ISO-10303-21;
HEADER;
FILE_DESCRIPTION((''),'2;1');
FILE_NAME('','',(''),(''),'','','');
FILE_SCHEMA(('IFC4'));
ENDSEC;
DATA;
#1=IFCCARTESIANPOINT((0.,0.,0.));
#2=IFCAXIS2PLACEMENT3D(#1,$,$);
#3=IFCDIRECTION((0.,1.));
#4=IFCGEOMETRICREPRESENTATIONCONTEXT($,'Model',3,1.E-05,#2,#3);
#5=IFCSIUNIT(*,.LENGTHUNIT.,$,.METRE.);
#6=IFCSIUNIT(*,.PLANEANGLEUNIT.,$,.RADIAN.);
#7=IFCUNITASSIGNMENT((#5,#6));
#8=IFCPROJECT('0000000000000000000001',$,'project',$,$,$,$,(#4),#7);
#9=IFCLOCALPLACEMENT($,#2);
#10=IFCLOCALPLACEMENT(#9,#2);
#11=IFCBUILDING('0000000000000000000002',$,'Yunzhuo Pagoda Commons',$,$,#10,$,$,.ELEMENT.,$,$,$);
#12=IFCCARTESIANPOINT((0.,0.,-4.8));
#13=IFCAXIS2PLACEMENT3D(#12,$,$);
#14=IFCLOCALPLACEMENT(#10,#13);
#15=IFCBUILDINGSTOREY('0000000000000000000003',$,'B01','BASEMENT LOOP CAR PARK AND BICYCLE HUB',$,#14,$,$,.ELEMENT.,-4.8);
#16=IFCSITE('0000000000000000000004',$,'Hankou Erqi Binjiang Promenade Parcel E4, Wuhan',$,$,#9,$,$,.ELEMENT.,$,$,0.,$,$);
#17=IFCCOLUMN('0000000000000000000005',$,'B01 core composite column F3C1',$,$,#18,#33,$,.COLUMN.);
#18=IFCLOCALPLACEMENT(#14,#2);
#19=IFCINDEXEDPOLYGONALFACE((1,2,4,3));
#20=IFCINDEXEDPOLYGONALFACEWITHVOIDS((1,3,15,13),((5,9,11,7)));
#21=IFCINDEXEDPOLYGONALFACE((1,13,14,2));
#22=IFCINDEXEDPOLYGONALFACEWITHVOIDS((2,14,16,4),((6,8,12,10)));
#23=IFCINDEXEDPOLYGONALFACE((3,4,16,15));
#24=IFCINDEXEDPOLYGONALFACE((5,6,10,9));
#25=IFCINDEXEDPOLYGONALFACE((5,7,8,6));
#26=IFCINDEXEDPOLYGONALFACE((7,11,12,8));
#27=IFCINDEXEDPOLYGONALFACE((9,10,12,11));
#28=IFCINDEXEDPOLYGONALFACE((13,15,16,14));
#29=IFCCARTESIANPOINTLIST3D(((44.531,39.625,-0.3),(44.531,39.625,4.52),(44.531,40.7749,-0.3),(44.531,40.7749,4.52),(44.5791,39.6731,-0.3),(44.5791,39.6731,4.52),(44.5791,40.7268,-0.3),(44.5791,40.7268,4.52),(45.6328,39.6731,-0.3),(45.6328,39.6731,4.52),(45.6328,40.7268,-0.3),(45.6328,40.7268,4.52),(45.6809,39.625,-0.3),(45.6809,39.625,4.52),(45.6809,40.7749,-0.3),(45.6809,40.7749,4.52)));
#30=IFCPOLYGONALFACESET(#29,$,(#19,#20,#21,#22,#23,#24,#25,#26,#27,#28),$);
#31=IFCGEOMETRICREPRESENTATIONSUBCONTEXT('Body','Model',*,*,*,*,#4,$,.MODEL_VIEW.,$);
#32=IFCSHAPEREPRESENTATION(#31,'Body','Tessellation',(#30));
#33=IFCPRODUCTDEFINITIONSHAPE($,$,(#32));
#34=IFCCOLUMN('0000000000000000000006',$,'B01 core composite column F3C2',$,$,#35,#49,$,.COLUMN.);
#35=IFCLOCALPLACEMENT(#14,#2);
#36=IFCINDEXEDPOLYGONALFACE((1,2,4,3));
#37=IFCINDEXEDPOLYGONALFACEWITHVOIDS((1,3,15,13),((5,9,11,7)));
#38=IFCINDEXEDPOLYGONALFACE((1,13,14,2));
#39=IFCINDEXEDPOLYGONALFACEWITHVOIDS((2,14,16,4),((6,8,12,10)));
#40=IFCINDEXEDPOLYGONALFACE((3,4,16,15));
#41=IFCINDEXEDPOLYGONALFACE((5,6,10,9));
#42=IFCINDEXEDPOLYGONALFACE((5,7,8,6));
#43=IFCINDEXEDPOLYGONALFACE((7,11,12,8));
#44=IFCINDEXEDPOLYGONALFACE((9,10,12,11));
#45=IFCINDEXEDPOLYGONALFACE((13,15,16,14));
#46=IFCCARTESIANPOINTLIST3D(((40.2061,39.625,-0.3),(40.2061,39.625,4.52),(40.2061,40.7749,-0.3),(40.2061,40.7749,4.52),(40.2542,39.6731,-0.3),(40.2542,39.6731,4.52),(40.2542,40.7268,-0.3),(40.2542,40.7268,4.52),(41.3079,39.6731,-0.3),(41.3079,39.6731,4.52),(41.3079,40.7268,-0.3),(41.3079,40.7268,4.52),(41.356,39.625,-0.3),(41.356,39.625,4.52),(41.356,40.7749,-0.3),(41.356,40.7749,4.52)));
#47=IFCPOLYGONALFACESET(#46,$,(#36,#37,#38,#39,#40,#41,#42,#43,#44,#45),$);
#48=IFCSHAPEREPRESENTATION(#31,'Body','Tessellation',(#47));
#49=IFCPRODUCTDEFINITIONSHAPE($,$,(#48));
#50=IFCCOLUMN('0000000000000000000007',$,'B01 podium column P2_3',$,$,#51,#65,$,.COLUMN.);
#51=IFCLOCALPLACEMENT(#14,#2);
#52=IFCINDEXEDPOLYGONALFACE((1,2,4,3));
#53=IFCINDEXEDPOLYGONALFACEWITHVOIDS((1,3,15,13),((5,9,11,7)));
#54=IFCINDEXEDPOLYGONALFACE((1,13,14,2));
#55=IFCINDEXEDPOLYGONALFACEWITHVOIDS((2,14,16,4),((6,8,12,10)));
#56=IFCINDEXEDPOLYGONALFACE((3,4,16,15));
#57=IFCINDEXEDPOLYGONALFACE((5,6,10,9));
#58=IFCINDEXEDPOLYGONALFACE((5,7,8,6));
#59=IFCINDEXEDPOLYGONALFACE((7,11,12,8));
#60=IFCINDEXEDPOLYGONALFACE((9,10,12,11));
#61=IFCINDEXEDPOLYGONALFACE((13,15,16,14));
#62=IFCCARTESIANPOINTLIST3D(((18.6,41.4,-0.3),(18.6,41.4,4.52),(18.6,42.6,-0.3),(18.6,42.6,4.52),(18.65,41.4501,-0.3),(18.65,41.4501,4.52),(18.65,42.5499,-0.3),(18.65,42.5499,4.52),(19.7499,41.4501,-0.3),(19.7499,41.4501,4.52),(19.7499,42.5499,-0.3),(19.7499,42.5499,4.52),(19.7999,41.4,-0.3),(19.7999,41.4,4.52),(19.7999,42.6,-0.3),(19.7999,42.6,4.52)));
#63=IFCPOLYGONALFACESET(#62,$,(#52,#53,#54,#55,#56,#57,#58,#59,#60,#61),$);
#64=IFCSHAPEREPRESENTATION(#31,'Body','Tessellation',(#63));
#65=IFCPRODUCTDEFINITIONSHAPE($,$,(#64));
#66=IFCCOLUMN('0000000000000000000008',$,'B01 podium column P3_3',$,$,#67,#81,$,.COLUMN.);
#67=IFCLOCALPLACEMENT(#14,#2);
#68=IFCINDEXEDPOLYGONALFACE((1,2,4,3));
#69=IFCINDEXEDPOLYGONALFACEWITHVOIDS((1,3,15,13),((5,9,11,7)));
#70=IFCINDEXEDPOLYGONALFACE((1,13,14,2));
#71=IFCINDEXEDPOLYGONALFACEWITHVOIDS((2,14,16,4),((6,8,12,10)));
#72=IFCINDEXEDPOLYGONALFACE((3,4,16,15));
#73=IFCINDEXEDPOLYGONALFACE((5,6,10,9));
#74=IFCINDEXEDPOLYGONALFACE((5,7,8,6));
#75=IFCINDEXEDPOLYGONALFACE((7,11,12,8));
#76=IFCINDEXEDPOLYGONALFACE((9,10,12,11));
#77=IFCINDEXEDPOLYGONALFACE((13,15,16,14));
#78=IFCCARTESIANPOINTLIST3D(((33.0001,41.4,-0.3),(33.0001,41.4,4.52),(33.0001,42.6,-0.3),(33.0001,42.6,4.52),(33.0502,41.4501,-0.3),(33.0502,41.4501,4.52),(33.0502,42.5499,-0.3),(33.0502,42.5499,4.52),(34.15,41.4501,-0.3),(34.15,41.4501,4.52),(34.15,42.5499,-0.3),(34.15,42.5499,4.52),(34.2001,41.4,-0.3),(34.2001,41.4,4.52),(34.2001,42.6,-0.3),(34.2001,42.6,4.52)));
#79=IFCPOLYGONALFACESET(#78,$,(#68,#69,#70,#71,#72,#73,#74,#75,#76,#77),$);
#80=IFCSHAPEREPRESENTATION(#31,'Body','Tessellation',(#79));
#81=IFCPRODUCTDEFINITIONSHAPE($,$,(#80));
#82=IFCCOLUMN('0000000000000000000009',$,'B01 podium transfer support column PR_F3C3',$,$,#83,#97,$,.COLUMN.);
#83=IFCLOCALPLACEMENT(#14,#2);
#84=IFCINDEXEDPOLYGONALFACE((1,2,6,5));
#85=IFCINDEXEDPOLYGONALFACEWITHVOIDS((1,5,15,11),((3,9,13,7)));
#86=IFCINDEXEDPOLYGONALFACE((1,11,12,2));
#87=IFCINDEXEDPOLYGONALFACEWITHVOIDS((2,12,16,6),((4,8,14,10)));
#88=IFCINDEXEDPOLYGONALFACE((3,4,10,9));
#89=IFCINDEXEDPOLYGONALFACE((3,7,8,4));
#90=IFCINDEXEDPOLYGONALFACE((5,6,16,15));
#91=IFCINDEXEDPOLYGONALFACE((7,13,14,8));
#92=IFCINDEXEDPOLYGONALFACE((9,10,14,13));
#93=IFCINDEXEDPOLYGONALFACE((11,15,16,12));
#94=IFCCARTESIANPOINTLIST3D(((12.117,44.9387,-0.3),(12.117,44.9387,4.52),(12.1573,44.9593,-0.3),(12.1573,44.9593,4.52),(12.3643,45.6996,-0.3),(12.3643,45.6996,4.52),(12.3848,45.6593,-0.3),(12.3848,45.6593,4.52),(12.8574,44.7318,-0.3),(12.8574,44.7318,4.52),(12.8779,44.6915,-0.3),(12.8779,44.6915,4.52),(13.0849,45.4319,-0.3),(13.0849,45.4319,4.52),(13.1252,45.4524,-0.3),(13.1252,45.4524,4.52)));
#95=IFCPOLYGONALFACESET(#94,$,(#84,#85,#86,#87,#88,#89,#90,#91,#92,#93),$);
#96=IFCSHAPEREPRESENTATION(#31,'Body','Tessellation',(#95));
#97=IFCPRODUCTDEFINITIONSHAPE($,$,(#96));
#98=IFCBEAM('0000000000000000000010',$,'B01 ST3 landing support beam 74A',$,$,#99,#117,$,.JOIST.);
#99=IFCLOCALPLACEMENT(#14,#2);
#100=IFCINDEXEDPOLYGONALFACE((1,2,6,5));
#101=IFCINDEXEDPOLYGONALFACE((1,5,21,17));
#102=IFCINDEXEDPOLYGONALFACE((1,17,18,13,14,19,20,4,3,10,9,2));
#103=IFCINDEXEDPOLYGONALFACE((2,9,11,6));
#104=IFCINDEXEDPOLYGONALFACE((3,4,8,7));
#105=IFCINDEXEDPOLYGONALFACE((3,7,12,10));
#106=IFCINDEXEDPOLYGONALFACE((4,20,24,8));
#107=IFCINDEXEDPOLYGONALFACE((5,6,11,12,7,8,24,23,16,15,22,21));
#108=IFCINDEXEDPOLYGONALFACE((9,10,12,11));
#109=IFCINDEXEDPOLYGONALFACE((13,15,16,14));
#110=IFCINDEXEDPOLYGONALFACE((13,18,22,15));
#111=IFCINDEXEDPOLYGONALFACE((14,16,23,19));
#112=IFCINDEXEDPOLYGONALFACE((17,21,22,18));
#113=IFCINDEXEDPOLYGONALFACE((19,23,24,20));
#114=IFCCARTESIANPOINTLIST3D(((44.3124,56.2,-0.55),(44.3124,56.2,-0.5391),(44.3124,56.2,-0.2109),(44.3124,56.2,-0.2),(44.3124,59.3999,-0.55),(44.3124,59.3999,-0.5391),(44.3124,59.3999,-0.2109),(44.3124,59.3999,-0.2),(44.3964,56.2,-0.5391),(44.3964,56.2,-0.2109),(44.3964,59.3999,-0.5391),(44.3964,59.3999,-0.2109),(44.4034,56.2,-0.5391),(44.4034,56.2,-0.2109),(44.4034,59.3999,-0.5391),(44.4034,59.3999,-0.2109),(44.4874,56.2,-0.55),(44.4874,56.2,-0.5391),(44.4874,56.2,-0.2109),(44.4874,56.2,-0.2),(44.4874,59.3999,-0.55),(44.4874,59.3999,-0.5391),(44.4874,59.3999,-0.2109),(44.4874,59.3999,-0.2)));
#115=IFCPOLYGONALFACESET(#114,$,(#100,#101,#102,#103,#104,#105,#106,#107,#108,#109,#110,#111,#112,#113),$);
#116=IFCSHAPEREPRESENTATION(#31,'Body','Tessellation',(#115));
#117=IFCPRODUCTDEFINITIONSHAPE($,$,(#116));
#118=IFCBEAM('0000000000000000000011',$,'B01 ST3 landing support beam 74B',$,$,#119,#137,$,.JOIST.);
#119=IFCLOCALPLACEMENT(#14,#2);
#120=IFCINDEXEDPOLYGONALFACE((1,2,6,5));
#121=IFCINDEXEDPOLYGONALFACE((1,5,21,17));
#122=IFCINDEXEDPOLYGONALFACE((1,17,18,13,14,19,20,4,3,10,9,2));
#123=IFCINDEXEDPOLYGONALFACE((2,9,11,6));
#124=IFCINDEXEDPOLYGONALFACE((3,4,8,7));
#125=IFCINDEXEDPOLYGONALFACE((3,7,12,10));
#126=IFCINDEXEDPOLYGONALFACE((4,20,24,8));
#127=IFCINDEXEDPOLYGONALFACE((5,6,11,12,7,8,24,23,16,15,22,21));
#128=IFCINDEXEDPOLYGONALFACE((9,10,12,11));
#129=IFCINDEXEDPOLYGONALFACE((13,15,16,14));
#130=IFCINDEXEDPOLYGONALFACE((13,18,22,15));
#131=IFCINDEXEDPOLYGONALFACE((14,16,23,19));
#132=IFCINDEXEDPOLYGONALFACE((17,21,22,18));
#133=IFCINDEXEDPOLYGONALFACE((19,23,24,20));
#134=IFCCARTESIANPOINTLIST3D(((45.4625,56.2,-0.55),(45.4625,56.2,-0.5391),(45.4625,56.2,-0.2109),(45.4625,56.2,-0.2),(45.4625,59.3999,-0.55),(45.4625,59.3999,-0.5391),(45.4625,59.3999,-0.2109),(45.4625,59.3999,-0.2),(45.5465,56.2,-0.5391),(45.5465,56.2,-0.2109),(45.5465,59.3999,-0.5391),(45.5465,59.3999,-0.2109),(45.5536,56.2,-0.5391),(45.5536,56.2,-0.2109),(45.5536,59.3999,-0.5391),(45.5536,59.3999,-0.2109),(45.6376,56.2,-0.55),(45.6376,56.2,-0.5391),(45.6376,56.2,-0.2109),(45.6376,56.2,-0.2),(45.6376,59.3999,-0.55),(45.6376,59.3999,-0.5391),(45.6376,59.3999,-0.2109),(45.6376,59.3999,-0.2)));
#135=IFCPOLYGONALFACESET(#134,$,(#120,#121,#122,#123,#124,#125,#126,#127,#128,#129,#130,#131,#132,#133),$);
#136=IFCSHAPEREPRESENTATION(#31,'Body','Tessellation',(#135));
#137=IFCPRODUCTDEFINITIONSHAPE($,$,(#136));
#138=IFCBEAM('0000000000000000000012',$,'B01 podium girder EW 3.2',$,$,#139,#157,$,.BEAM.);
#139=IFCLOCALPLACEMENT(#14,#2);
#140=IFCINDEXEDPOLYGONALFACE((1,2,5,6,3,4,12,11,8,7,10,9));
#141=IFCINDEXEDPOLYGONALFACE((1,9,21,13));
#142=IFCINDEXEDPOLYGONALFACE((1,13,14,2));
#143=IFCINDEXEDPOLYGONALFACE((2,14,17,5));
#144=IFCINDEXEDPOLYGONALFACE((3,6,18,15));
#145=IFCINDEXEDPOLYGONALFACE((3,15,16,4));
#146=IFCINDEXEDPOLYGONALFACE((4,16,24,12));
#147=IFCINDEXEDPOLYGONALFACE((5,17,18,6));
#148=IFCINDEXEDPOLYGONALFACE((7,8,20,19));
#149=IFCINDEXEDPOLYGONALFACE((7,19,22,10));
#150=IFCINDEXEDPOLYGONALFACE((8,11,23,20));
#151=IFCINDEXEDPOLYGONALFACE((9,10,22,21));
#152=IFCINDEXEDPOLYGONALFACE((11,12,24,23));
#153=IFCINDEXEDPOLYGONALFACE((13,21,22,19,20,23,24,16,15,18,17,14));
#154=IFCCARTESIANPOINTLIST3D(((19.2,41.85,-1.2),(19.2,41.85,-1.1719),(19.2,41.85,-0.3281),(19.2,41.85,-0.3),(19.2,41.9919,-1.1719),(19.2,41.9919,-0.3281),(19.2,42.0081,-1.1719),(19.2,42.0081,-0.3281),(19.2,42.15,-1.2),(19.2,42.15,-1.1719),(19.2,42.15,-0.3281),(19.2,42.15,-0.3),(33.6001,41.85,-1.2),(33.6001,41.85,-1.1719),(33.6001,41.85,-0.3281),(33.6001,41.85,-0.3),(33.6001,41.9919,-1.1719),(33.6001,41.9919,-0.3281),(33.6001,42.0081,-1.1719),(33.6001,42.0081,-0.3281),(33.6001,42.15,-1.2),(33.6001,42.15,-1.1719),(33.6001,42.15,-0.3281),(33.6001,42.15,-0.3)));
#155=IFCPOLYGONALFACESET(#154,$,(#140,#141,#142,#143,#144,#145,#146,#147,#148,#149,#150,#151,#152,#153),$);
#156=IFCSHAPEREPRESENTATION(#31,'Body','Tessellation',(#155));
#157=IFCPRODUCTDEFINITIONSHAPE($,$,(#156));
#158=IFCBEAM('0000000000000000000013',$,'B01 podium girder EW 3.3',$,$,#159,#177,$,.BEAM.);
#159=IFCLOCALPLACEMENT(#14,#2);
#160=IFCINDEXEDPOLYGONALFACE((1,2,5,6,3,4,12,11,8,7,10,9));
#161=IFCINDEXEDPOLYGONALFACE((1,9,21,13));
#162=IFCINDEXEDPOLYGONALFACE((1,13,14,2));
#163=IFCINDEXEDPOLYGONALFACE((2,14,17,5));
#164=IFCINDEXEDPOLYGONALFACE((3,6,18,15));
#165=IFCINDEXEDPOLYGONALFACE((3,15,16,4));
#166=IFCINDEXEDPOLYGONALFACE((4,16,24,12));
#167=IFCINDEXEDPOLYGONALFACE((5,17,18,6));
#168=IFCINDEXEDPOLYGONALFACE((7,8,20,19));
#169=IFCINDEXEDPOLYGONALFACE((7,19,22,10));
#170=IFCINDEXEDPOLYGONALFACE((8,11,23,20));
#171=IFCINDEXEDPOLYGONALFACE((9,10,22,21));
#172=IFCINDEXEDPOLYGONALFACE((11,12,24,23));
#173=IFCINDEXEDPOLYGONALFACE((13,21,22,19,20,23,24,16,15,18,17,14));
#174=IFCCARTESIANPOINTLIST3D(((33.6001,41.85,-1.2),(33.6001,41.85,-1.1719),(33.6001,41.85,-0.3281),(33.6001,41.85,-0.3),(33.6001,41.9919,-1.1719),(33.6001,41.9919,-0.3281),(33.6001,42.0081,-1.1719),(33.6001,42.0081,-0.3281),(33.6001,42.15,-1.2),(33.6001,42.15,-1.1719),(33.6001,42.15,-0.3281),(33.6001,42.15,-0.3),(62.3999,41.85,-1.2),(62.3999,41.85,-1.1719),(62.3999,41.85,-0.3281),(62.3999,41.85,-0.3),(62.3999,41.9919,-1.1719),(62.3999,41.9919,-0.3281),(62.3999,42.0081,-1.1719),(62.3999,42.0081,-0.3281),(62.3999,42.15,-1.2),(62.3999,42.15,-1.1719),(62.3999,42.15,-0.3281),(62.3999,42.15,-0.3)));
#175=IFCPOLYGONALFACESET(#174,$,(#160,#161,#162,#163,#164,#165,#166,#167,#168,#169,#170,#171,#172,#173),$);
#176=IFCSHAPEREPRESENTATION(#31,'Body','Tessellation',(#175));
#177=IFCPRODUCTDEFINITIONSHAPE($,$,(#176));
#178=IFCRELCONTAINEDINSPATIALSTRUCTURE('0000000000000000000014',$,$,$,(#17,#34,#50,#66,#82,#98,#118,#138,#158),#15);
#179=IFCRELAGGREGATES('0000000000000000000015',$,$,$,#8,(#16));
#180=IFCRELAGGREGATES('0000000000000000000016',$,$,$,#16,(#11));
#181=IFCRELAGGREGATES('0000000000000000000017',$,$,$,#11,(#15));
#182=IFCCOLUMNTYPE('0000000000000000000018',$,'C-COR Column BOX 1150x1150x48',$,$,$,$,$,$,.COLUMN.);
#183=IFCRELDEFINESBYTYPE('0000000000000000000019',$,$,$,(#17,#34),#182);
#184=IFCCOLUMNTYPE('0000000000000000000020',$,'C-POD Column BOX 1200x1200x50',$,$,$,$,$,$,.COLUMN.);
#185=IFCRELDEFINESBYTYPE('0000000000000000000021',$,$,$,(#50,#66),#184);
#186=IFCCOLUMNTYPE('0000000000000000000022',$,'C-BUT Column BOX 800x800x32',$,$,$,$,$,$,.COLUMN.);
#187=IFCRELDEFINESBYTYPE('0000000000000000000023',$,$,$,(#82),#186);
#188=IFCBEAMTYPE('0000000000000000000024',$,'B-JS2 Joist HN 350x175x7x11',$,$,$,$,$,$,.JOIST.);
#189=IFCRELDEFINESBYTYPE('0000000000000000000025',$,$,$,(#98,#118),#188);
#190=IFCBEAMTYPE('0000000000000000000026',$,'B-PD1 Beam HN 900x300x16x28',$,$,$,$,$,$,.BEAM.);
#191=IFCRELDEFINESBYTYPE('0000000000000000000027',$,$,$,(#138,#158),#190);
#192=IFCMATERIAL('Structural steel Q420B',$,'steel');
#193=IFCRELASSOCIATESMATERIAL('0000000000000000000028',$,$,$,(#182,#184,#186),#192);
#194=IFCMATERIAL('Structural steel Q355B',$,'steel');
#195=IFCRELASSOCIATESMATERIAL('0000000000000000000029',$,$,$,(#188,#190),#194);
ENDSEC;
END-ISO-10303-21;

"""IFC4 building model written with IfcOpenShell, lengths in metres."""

from ifc_helpers import new_model, si_unit, direction, frame, origin, origin_2d, place, context, subcontext, project, spatial, hollow_rectangle, i_section, extrude, source, transform, mapped, material, material_profile, profile_set, type_object, element, save


model = new_model("IFC4")

# Units and contexts
model_context = context("Model", 3, precision=1e-05, world=origin(), true_north=direction((0.0, 1.0)))
body_context = subcontext(model_context, "Body", "Model", "MODEL_VIEW")
ifc_project = project(units=[si_unit("LENGTHUNIT", "METRE"), si_unit("PLANEANGLEUNIT", "RADIAN")], contexts=[model_context])

# Site, building, storey
site_placement = place(None, origin())
site = spatial("IfcSite", under=ifc_project, at=site_placement, Name="Hankou Erqi Binjiang Promenade Parcel E4, Wuhan", CompositionType="ELEMENT", RefElevation=0.0)
building_placement = place(site_placement, origin())
building = spatial("IfcBuilding", under=site, at=building_placement, Name="Yunzhuo Pagoda Commons", CompositionType="ELEMENT")
storey_placement = place(building_placement, frame((0.0, 0.0, -4.8)))
storey = spatial("IfcBuildingStorey", under=building, at=storey_placement, Name="B01", Description="BASEMENT LOOP CAR PARK AND BICYCLE HUB", CompositionType="ELEMENT", Elevation=-4.8)

# Columns
ifc_material_1 = material(Name="Structural steel Q420B", Category="steel")
ifc_material_profile_1 = material_profile(ifc_material_1, hollow_rectangle(XDim=1.1499, YDim=1.1499, WallThickness=0.0481, at=origin_2d()), Name="Structural steel Q420B")
ifc_profile_set_1 = profile_set([ifc_material_profile_1], Name="Structural steel Q420B")
column_type_1 = type_object("IfcColumnType", Name="C-COR Column BOX 1150x1150x48", PredefinedType="COLUMN", material=ifc_profile_set_1)
shared_shape_1 = source(origin(), body_context, "Body", "SweptSolid", [
    extrude(hollow_rectangle(XDim=1.1499, YDim=1.1499, WallThickness=0.0481, at=origin_2d()), origin(), (0.0, 0.0, 1.0), 4.8201),
])
for number, where, z_axis, x_axis, name in (
    (1, (45.106, 40.2, -0.3), (0.0, 0.0, 1.0), (1.0, 0.0, 0.0), "B01 core composite column F3C1"),
    (2, (40.781, 40.2, -0.3), (0.0, 0.0, 1.0), (1.0, 0.0, 0.0), "B01 core composite column F3C2"),
):
    element("IfcColumn", number, at=place(storey_placement, frame(where, z_axis=z_axis, x_axis=x_axis)), inside=storey, type_object=column_type_1, Name=name, PredefinedType="COLUMN", context=body_context, shape_type="MappedRepresentation", body=[
        mapped(shared_shape_1, transform((0.0, 0.0, 0.0), scale=1.0)),
    ])
ifc_material_profile_2 = material_profile(ifc_material_1, hollow_rectangle(XDim=1.2, YDim=1.2, WallThickness=0.05, at=origin_2d()), Name="Structural steel Q420B")
ifc_profile_set_2 = profile_set([ifc_material_profile_2], Name="Structural steel Q420B")
column_type_2 = type_object("IfcColumnType", Name="C-POD Column BOX 1200x1200x50", PredefinedType="COLUMN", material=ifc_profile_set_2)
shared_shape_2 = source(origin(), body_context, "Body", "SweptSolid", [
    extrude(hollow_rectangle(XDim=1.2, YDim=1.2, WallThickness=0.05, at=origin_2d()), origin(), (0.0, 0.0, 1.0), 4.8201),
])
for number, where, z_axis, x_axis, name in (
    (3, (19.2, 42.0, -0.3), (0.0, 0.0, 1.0), (1.0, 0.0, 0.0), "B01 podium column P2_3"),
    (4, (33.6001, 42.0, -0.3), (0.0, 0.0, 1.0), (1.0, 0.0, 0.0), "B01 podium column P3_3"),
):
    element("IfcColumn", number, at=place(storey_placement, frame(where, z_axis=z_axis, x_axis=x_axis)), inside=storey, type_object=column_type_2, Name=name, PredefinedType="COLUMN", context=body_context, shape_type="MappedRepresentation", body=[
        mapped(shared_shape_2, transform((0.0, 0.0, 0.0), scale=1.0)),
    ])
ifc_material_profile_3 = material_profile(ifc_material_1, hollow_rectangle(XDim=0.8, YDim=0.8, WallThickness=0.032, at=origin_2d()), Name="Structural steel Q420B")
ifc_profile_set_3 = profile_set([ifc_material_profile_3], Name="Structural steel Q420B")
column_type_3 = type_object("IfcColumnType", Name="C-BUT Column BOX 800x800x32", PredefinedType="COLUMN", material=ifc_profile_set_3)
shared_shape_3 = source(origin(), body_context, "Body", "SweptSolid", [
    extrude(hollow_rectangle(XDim=0.8, YDim=0.8, WallThickness=0.032, at=origin_2d()), origin(), (0.0, 0.0, 1.0), 4.8201),
])
column_placement = place(storey_placement, frame((12.6211, 45.1956, -0.3), z_axis=(0.0, 0.0, 1.0), x_axis=(-0.309017, -0.951057, 0.0)))
element("IfcColumn", 5, at=column_placement, inside=storey, type_object=column_type_3, Name="B01 podium transfer support column PR_F3C3", PredefinedType="COLUMN", context=body_context, shape_type="MappedRepresentation", body=[
    mapped(shared_shape_3, transform((0.0, 0.0, 0.0), scale=1.0)),
])

# Beams
ifc_material_2 = material(Name="Structural steel Q355B", Category="steel")
ifc_material_profile_4 = material_profile(ifc_material_2, i_section(OverallWidth=0.175, OverallDepth=0.3501, WebThickness=0.0071, FlangeThickness=0.011, at=origin_2d()), Name="Structural steel Q355B")
ifc_profile_set_4 = profile_set([ifc_material_profile_4], Name="Structural steel Q355B")
beam_type_1 = type_object("IfcBeamType", Name="B-JS2 Joist HN 350x175x7x11", PredefinedType="JOIST", material=ifc_profile_set_4)
shared_shape_4 = source(origin(), body_context, "Body", "SweptSolid", [
    extrude(i_section(OverallWidth=0.175, OverallDepth=0.3501, WebThickness=0.0071, FlangeThickness=0.011, at=origin_2d()), origin(), (0.0, 0.0, 1.0), 3.2),
])
for number, where, z_axis, x_axis, name in (
    (6, (44.3999, 56.2, -0.375), (0.0, 1.0, 0.0), (-1.0, 0.0, 0.0), "B01 ST3 landing support beam 74A"),
    (7, (45.55, 56.2, -0.375), (0.0, 1.0, 0.0), (-1.0, 0.0, 0.0), "B01 ST3 landing support beam 74B"),
):
    element("IfcBeam", number, at=place(storey_placement, frame(where, z_axis=z_axis, x_axis=x_axis)), inside=storey, type_object=beam_type_1, Name=name, PredefinedType="JOIST", context=body_context, shape_type="MappedRepresentation", body=[
        mapped(shared_shape_4, transform((0.0, 0.0, 0.0), scale=1.0)),
    ])
ifc_material_profile_5 = material_profile(ifc_material_2, i_section(OverallWidth=0.3, OverallDepth=0.8999, WebThickness=0.0161, FlangeThickness=0.0281, at=origin_2d()), Name="Structural steel Q355B")
ifc_profile_set_5 = profile_set([ifc_material_profile_5], Name="Structural steel Q355B")
beam_type_2 = type_object("IfcBeamType", Name="B-PD1 Beam HN 900x300x16x28", PredefinedType="BEAM", material=ifc_profile_set_5)
shared_shape_5 = source(origin(), body_context, "Body", "SweptSolid", [
    extrude(i_section(OverallWidth=0.3, OverallDepth=0.8999, WebThickness=0.0161, FlangeThickness=0.0281, at=origin_2d()), origin(), (0.0, 0.0, 1.0), 14.4001),
])
beam_1_placement = place(storey_placement, frame((19.2, 42.0, -0.75), z_axis=(1.0, 0.0, 0.0), x_axis=(0.0, 1.0, 0.0)))
element("IfcBeam", 8, at=beam_1_placement, inside=storey, type_object=beam_type_2, Name="B01 podium girder EW 3.2", PredefinedType="BEAM", context=body_context, shape_type="MappedRepresentation", body=[
    mapped(shared_shape_5, transform((0.0, 0.0, 0.0), scale=1.0)),
])
shared_shape_6 = source(origin(), body_context, "Body", "SweptSolid", [
    extrude(i_section(OverallWidth=0.3, OverallDepth=0.8999, WebThickness=0.0161, FlangeThickness=0.0281, at=origin_2d()), origin(), (0.0, 0.0, 1.0), 28.7998),
])
beam_2_placement = place(storey_placement, frame((33.6001, 42.0, -0.75), z_axis=(1.0, 0.0, 0.0), x_axis=(0.0, 1.0, 0.0)))
element("IfcBeam", 9, at=beam_2_placement, inside=storey, type_object=beam_type_2, Name="B01 podium girder EW 3.3", PredefinedType="BEAM", context=body_context, shape_type="MappedRepresentation", body=[
    mapped(shared_shape_6, transform((0.0, 0.0, 0.0), scale=1.0)),
])

save(model, "model.ifc")
